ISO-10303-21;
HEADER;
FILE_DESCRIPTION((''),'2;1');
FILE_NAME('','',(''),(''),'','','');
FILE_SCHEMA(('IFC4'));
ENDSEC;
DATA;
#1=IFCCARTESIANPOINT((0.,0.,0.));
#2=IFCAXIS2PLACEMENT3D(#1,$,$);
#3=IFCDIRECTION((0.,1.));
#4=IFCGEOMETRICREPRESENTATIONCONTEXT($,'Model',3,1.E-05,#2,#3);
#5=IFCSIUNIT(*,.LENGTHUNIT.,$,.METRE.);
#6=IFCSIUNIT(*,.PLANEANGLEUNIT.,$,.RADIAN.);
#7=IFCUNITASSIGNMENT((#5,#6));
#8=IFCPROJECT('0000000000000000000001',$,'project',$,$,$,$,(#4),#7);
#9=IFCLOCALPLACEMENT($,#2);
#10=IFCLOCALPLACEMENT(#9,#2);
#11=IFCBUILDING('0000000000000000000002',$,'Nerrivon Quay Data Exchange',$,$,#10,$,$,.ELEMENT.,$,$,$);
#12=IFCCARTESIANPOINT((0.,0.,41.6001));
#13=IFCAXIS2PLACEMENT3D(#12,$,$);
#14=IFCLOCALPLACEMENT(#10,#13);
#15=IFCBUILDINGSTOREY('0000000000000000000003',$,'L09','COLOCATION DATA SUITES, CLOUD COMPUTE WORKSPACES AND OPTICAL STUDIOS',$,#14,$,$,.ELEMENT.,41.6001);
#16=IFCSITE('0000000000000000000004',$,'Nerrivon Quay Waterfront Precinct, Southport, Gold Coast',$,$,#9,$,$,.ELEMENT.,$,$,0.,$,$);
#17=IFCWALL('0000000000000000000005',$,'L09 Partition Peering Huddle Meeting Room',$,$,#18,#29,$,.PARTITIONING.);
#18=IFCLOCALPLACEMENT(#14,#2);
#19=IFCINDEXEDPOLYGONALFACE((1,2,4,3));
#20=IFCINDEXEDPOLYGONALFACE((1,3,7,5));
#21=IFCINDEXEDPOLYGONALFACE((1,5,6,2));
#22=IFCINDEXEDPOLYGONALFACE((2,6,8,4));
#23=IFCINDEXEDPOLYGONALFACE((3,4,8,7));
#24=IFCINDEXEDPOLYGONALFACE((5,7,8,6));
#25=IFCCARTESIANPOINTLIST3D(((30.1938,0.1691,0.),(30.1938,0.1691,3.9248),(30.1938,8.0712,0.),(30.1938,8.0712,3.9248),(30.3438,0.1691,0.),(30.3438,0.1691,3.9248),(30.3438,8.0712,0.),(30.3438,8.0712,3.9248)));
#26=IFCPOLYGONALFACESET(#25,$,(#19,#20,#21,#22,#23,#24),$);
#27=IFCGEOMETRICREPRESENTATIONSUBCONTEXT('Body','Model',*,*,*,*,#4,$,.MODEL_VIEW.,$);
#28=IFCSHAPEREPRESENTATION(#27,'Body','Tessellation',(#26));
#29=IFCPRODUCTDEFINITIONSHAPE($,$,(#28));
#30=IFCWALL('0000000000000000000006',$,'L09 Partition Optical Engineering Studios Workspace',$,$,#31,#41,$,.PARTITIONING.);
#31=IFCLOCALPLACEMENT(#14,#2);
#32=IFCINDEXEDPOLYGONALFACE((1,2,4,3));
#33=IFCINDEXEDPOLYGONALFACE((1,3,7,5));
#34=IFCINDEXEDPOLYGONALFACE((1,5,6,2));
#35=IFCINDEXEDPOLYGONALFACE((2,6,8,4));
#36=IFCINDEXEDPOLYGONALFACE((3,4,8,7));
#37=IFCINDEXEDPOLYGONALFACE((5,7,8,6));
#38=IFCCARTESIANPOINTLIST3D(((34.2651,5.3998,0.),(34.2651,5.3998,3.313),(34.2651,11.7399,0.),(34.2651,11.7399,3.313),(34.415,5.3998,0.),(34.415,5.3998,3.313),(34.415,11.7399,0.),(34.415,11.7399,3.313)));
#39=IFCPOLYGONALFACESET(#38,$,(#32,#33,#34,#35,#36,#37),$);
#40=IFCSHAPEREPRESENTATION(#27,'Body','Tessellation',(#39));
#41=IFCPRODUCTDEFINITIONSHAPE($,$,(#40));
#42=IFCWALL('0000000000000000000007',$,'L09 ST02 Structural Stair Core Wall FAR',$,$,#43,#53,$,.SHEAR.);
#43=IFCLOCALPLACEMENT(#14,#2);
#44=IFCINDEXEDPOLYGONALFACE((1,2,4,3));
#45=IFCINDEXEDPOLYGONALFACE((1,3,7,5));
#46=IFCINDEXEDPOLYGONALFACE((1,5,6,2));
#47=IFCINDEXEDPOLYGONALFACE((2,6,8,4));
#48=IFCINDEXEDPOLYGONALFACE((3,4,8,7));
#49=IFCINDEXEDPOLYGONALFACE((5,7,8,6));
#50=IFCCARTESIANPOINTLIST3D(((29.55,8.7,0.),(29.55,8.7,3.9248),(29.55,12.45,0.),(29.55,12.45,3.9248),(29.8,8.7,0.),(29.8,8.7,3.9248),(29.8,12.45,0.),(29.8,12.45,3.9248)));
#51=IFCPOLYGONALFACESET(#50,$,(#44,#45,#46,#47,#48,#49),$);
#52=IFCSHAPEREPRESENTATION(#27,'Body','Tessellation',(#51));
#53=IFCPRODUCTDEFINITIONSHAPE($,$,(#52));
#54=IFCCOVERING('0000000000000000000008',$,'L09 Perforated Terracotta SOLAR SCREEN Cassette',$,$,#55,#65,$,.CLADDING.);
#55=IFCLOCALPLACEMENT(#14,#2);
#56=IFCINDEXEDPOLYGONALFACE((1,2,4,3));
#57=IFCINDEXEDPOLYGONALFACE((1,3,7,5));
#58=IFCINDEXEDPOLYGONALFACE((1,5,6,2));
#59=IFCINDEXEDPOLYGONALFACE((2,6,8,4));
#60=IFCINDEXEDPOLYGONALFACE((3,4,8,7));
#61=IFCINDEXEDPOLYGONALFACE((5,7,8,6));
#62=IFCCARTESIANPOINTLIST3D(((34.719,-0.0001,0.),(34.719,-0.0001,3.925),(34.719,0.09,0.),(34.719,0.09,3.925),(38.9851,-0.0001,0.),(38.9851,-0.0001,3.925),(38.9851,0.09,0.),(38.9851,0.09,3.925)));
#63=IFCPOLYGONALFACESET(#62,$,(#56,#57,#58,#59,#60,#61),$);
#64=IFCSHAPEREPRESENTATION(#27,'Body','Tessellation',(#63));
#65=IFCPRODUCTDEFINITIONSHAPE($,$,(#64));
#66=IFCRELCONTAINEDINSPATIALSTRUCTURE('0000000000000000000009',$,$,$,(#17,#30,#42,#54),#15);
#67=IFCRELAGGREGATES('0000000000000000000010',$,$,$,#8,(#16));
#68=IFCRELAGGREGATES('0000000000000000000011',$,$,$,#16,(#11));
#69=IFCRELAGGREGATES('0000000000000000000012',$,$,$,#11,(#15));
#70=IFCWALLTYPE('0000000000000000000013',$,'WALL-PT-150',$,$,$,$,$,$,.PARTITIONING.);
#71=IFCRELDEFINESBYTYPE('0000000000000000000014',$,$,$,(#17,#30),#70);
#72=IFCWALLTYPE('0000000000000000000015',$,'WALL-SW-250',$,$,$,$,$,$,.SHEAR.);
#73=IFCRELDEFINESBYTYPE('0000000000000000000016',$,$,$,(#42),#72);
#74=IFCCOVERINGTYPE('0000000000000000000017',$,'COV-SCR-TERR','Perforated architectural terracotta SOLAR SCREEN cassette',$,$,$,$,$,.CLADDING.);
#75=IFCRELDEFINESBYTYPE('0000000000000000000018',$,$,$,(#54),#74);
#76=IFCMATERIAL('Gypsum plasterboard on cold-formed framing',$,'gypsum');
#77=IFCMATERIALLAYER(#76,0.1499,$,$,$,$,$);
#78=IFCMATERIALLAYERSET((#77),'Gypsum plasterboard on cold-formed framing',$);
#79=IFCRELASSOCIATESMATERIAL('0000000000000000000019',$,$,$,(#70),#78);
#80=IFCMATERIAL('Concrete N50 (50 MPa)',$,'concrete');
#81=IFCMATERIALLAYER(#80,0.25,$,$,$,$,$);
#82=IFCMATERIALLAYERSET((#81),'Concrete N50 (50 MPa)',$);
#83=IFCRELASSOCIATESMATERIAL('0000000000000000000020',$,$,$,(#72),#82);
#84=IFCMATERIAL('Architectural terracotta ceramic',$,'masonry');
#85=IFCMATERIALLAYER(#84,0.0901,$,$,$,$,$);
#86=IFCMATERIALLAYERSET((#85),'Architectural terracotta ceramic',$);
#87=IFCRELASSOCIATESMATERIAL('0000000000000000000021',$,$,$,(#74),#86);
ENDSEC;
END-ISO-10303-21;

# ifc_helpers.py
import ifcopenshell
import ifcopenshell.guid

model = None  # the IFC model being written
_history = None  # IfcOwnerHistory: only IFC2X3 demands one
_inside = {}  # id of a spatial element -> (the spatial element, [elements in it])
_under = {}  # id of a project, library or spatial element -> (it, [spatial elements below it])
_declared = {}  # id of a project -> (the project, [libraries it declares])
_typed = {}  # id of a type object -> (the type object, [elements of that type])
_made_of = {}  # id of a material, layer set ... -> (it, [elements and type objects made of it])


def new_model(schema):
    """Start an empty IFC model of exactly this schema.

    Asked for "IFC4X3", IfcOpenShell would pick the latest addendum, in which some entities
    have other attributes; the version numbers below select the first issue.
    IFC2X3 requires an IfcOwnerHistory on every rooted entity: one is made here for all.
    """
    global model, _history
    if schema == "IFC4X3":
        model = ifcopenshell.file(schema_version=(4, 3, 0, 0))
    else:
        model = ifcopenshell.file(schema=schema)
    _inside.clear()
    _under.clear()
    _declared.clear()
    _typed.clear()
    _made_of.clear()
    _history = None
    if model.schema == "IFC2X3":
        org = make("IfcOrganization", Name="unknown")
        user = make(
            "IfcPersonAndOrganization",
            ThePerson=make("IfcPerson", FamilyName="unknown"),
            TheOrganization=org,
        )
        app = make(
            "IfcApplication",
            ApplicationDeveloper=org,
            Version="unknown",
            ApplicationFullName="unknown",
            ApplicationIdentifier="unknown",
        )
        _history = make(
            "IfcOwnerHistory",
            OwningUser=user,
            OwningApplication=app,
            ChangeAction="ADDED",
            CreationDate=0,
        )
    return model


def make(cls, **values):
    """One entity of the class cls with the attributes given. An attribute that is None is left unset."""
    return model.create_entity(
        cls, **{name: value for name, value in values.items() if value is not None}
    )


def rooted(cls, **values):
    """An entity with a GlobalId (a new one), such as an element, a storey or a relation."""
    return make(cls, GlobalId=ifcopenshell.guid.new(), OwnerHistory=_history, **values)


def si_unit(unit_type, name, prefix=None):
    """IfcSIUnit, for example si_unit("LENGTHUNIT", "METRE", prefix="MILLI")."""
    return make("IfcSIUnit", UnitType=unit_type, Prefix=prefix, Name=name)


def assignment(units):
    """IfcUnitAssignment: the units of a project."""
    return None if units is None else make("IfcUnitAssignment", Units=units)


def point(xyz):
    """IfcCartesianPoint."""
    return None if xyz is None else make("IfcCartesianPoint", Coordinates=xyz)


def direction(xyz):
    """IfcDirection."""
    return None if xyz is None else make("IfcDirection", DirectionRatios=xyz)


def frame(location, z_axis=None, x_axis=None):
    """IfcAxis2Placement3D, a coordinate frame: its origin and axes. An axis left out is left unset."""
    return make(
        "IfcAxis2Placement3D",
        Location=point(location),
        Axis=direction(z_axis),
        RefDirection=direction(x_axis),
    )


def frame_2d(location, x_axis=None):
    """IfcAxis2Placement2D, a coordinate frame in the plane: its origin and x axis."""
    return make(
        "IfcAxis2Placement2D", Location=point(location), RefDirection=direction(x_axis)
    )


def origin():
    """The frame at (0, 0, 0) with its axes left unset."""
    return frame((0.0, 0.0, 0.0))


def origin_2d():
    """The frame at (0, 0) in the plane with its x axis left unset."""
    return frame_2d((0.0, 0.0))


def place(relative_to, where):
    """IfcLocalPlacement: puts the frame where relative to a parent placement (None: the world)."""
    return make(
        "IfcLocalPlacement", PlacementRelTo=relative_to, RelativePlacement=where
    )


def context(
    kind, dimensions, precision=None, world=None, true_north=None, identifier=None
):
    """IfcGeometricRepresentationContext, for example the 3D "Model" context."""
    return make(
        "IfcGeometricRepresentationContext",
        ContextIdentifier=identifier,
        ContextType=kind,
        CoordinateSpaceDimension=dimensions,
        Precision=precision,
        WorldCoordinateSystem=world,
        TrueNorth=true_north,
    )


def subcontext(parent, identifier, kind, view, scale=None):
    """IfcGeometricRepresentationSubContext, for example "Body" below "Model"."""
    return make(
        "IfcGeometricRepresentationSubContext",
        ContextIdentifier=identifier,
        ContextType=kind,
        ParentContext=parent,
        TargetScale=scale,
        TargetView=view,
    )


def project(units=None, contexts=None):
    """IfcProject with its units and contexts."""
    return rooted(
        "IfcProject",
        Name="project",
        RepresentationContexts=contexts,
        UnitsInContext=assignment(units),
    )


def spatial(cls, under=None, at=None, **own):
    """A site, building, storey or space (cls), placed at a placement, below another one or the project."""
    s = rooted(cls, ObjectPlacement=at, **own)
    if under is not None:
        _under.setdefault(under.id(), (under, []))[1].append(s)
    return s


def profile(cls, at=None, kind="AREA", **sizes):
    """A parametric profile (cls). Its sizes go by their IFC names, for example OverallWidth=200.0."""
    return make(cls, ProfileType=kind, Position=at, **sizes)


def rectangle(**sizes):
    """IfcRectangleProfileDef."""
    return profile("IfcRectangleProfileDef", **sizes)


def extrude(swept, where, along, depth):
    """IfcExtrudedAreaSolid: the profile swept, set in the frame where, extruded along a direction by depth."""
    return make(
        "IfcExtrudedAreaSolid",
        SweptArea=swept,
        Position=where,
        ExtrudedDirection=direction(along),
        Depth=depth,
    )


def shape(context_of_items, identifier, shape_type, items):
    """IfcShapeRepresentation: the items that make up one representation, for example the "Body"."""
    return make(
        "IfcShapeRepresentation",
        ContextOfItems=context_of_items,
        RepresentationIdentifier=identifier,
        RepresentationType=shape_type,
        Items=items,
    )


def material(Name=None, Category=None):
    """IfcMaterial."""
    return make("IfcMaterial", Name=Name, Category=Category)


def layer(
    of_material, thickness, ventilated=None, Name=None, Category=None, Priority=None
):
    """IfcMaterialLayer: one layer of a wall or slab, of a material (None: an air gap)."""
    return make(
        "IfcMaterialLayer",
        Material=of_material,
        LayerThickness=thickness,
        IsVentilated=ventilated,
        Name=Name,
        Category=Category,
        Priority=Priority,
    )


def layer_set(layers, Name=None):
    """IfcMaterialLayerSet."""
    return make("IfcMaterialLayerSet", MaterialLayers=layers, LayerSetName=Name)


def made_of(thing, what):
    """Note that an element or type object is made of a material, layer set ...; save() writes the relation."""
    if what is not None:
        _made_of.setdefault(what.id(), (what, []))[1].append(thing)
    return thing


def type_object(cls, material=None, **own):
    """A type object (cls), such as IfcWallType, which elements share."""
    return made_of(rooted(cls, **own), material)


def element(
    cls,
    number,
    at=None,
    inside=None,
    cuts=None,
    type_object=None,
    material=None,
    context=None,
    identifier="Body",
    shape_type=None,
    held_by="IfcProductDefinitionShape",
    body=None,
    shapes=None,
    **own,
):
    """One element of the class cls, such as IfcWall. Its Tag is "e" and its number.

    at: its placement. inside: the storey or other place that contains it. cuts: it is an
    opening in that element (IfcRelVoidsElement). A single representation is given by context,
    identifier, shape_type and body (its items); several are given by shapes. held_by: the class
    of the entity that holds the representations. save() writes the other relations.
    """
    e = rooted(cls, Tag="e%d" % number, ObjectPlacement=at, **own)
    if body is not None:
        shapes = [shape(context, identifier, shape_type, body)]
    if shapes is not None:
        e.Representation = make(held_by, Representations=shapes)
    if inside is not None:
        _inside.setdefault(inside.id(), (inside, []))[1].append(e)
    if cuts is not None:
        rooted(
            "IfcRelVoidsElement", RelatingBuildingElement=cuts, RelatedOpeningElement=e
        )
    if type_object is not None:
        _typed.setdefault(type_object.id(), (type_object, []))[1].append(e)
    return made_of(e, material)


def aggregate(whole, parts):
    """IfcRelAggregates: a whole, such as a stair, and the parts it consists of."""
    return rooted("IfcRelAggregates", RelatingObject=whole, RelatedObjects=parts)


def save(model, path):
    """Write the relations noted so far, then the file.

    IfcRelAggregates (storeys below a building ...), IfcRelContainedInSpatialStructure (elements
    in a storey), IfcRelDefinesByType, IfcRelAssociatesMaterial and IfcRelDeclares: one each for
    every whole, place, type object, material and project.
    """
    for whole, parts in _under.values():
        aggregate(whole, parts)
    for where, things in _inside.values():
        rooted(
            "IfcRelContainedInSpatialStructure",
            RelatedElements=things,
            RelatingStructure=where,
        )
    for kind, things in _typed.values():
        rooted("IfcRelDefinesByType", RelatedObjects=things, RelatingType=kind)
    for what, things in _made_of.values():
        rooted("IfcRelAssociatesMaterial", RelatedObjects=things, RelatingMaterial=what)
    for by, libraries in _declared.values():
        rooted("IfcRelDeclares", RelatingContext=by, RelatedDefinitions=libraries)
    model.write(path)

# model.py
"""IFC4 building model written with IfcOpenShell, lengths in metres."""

from ifc_helpers import new_model, si_unit, direction, frame, frame_2d, origin, origin_2d, place, context, subcontext, project, spatial, rectangle, extrude, material, layer, layer_set, type_object, element, save


model = new_model("IFC4")

# Units and contexts
model_context = context("Model", 3, precision=1e-05, world=origin(), true_north=direction((0.0, 1.0)))
body_context = subcontext(model_context, "Body", "Model", "MODEL_VIEW")
ifc_project = project(units=[si_unit("LENGTHUNIT", "METRE"), si_unit("PLANEANGLEUNIT", "RADIAN")], contexts=[model_context])

# Site, building, storey
site_placement = place(None, origin())
site = spatial("IfcSite", under=ifc_project, at=site_placement, Name="Nerrivon Quay Waterfront Precinct, Southport, Gold Coast", CompositionType="ELEMENT", RefElevation=0.0)
building_placement = place(site_placement, origin())
building = spatial("IfcBuilding", under=site, at=building_placement, Name="Nerrivon Quay Data Exchange", CompositionType="ELEMENT")
storey_placement = place(building_placement, frame((0.0, 0.0, 41.6001)))
storey = spatial("IfcBuildingStorey", under=building, at=storey_placement, Name="L09", Description="COLOCATION DATA SUITES, CLOUD COMPUTE WORKSPACES AND OPTICAL STUDIOS", CompositionType="ELEMENT", Elevation=41.6001)

# Shared definitions
ifc_material_1 = material(Name="Gypsum plasterboard on cold-formed framing", Category="gypsum")

# Walls
ifc_layer_1 = layer(ifc_material_1, 0.1499)
ifc_layer_set_1 = layer_set([ifc_layer_1], Name="Gypsum plasterboard on cold-formed framing")
wall_type_1 = type_object("IfcWallType", Name="WALL-PT-150", PredefinedType="PARTITIONING", material=ifc_layer_set_1)
wall_1_placement = place(storey_placement, frame((30.2688, 0.1689, 0.0), z_axis=(0.0, 0.0, 1.0), x_axis=(0.0, 1.0, 0.0)))
element("IfcWall", 1, at=wall_1_placement, inside=storey, type_object=wall_type_1, Name="L09 Partition Peering Huddle Meeting Room", PredefinedType="PARTITIONING", context=body_context, shape_type="SweptSolid", body=[
    extrude(rectangle(XDim=7.9021, YDim=0.1499, at=frame_2d((3.9512, 0.0))), origin(), (0.0, 0.0, 1.0), 3.9248),
])
wall_2_placement = place(storey_placement, frame((34.3401, 5.3999, 0.0), z_axis=(0.0, 0.0, 1.0), x_axis=(0.0, 1.0, 0.0)))
element("IfcWall", 2, at=wall_2_placement, inside=storey, type_object=wall_type_1, Name="L09 Partition Optical Engineering Studios Workspace", PredefinedType="PARTITIONING", context=body_context, shape_type="SweptSolid", body=[
    extrude(rectangle(XDim=6.3401, YDim=0.1499, at=frame_2d((3.1699, 0.0))), origin(), (0.0, 0.0, 1.0), 3.313),
])
ifc_material_2 = material(Name="Concrete N50 (50 MPa)", Category="concrete")
ifc_layer_2 = layer(ifc_material_2, 0.25)
ifc_layer_set_2 = layer_set([ifc_layer_2], Name="Concrete N50 (50 MPa)")
wall_type_2 = type_object("IfcWallType", Name="WALL-SW-250", PredefinedType="SHEAR", material=ifc_layer_set_2)
wall_3_placement = place(storey_placement, frame((29.675, 8.7, 0.0), z_axis=(0.0, 0.0, 1.0), x_axis=(0.0, 1.0, 0.0)))
element("IfcWall", 3, at=wall_3_placement, inside=storey, type_object=wall_type_2, Name="L09 ST02 Structural Stair Core Wall FAR", PredefinedType="SHEAR", context=body_context, shape_type="SweptSolid", body=[
    extrude(rectangle(XDim=3.75, YDim=0.25, at=frame_2d((1.875, 0.0))), origin(), (0.0, 0.0, 1.0), 3.9248),
])

# Covering
ifc_material_3 = material(Name="Architectural terracotta ceramic", Category="masonry")
ifc_layer_3 = layer(ifc_material_3, 0.0901)
ifc_layer_set_3 = layer_set([ifc_layer_3], Name="Architectural terracotta ceramic")
covering_type = type_object("IfcCoveringType", Name="COV-SCR-TERR", Description="Perforated architectural terracotta SOLAR SCREEN cassette", PredefinedType="CLADDING", material=ifc_layer_set_3)
covering_placement = place(storey_placement, frame((36.8521, 0.0449, 0.0), z_axis=(0.0, 0.0, 1.0), x_axis=(-1.0, 0.0, 0.0)))
element("IfcCovering", 4, at=covering_placement, inside=storey, type_object=covering_type, Name="L09 Perforated Terracotta SOLAR SCREEN Cassette", PredefinedType="CLADDING", context=body_context, shape_type="SweptSolid", body=[
    extrude(rectangle(XDim=4.2661, YDim=0.0901, at=origin_2d()), origin(), (0.0, 0.0, 1.0), 3.925),
])

save(model, "model.ifc")
